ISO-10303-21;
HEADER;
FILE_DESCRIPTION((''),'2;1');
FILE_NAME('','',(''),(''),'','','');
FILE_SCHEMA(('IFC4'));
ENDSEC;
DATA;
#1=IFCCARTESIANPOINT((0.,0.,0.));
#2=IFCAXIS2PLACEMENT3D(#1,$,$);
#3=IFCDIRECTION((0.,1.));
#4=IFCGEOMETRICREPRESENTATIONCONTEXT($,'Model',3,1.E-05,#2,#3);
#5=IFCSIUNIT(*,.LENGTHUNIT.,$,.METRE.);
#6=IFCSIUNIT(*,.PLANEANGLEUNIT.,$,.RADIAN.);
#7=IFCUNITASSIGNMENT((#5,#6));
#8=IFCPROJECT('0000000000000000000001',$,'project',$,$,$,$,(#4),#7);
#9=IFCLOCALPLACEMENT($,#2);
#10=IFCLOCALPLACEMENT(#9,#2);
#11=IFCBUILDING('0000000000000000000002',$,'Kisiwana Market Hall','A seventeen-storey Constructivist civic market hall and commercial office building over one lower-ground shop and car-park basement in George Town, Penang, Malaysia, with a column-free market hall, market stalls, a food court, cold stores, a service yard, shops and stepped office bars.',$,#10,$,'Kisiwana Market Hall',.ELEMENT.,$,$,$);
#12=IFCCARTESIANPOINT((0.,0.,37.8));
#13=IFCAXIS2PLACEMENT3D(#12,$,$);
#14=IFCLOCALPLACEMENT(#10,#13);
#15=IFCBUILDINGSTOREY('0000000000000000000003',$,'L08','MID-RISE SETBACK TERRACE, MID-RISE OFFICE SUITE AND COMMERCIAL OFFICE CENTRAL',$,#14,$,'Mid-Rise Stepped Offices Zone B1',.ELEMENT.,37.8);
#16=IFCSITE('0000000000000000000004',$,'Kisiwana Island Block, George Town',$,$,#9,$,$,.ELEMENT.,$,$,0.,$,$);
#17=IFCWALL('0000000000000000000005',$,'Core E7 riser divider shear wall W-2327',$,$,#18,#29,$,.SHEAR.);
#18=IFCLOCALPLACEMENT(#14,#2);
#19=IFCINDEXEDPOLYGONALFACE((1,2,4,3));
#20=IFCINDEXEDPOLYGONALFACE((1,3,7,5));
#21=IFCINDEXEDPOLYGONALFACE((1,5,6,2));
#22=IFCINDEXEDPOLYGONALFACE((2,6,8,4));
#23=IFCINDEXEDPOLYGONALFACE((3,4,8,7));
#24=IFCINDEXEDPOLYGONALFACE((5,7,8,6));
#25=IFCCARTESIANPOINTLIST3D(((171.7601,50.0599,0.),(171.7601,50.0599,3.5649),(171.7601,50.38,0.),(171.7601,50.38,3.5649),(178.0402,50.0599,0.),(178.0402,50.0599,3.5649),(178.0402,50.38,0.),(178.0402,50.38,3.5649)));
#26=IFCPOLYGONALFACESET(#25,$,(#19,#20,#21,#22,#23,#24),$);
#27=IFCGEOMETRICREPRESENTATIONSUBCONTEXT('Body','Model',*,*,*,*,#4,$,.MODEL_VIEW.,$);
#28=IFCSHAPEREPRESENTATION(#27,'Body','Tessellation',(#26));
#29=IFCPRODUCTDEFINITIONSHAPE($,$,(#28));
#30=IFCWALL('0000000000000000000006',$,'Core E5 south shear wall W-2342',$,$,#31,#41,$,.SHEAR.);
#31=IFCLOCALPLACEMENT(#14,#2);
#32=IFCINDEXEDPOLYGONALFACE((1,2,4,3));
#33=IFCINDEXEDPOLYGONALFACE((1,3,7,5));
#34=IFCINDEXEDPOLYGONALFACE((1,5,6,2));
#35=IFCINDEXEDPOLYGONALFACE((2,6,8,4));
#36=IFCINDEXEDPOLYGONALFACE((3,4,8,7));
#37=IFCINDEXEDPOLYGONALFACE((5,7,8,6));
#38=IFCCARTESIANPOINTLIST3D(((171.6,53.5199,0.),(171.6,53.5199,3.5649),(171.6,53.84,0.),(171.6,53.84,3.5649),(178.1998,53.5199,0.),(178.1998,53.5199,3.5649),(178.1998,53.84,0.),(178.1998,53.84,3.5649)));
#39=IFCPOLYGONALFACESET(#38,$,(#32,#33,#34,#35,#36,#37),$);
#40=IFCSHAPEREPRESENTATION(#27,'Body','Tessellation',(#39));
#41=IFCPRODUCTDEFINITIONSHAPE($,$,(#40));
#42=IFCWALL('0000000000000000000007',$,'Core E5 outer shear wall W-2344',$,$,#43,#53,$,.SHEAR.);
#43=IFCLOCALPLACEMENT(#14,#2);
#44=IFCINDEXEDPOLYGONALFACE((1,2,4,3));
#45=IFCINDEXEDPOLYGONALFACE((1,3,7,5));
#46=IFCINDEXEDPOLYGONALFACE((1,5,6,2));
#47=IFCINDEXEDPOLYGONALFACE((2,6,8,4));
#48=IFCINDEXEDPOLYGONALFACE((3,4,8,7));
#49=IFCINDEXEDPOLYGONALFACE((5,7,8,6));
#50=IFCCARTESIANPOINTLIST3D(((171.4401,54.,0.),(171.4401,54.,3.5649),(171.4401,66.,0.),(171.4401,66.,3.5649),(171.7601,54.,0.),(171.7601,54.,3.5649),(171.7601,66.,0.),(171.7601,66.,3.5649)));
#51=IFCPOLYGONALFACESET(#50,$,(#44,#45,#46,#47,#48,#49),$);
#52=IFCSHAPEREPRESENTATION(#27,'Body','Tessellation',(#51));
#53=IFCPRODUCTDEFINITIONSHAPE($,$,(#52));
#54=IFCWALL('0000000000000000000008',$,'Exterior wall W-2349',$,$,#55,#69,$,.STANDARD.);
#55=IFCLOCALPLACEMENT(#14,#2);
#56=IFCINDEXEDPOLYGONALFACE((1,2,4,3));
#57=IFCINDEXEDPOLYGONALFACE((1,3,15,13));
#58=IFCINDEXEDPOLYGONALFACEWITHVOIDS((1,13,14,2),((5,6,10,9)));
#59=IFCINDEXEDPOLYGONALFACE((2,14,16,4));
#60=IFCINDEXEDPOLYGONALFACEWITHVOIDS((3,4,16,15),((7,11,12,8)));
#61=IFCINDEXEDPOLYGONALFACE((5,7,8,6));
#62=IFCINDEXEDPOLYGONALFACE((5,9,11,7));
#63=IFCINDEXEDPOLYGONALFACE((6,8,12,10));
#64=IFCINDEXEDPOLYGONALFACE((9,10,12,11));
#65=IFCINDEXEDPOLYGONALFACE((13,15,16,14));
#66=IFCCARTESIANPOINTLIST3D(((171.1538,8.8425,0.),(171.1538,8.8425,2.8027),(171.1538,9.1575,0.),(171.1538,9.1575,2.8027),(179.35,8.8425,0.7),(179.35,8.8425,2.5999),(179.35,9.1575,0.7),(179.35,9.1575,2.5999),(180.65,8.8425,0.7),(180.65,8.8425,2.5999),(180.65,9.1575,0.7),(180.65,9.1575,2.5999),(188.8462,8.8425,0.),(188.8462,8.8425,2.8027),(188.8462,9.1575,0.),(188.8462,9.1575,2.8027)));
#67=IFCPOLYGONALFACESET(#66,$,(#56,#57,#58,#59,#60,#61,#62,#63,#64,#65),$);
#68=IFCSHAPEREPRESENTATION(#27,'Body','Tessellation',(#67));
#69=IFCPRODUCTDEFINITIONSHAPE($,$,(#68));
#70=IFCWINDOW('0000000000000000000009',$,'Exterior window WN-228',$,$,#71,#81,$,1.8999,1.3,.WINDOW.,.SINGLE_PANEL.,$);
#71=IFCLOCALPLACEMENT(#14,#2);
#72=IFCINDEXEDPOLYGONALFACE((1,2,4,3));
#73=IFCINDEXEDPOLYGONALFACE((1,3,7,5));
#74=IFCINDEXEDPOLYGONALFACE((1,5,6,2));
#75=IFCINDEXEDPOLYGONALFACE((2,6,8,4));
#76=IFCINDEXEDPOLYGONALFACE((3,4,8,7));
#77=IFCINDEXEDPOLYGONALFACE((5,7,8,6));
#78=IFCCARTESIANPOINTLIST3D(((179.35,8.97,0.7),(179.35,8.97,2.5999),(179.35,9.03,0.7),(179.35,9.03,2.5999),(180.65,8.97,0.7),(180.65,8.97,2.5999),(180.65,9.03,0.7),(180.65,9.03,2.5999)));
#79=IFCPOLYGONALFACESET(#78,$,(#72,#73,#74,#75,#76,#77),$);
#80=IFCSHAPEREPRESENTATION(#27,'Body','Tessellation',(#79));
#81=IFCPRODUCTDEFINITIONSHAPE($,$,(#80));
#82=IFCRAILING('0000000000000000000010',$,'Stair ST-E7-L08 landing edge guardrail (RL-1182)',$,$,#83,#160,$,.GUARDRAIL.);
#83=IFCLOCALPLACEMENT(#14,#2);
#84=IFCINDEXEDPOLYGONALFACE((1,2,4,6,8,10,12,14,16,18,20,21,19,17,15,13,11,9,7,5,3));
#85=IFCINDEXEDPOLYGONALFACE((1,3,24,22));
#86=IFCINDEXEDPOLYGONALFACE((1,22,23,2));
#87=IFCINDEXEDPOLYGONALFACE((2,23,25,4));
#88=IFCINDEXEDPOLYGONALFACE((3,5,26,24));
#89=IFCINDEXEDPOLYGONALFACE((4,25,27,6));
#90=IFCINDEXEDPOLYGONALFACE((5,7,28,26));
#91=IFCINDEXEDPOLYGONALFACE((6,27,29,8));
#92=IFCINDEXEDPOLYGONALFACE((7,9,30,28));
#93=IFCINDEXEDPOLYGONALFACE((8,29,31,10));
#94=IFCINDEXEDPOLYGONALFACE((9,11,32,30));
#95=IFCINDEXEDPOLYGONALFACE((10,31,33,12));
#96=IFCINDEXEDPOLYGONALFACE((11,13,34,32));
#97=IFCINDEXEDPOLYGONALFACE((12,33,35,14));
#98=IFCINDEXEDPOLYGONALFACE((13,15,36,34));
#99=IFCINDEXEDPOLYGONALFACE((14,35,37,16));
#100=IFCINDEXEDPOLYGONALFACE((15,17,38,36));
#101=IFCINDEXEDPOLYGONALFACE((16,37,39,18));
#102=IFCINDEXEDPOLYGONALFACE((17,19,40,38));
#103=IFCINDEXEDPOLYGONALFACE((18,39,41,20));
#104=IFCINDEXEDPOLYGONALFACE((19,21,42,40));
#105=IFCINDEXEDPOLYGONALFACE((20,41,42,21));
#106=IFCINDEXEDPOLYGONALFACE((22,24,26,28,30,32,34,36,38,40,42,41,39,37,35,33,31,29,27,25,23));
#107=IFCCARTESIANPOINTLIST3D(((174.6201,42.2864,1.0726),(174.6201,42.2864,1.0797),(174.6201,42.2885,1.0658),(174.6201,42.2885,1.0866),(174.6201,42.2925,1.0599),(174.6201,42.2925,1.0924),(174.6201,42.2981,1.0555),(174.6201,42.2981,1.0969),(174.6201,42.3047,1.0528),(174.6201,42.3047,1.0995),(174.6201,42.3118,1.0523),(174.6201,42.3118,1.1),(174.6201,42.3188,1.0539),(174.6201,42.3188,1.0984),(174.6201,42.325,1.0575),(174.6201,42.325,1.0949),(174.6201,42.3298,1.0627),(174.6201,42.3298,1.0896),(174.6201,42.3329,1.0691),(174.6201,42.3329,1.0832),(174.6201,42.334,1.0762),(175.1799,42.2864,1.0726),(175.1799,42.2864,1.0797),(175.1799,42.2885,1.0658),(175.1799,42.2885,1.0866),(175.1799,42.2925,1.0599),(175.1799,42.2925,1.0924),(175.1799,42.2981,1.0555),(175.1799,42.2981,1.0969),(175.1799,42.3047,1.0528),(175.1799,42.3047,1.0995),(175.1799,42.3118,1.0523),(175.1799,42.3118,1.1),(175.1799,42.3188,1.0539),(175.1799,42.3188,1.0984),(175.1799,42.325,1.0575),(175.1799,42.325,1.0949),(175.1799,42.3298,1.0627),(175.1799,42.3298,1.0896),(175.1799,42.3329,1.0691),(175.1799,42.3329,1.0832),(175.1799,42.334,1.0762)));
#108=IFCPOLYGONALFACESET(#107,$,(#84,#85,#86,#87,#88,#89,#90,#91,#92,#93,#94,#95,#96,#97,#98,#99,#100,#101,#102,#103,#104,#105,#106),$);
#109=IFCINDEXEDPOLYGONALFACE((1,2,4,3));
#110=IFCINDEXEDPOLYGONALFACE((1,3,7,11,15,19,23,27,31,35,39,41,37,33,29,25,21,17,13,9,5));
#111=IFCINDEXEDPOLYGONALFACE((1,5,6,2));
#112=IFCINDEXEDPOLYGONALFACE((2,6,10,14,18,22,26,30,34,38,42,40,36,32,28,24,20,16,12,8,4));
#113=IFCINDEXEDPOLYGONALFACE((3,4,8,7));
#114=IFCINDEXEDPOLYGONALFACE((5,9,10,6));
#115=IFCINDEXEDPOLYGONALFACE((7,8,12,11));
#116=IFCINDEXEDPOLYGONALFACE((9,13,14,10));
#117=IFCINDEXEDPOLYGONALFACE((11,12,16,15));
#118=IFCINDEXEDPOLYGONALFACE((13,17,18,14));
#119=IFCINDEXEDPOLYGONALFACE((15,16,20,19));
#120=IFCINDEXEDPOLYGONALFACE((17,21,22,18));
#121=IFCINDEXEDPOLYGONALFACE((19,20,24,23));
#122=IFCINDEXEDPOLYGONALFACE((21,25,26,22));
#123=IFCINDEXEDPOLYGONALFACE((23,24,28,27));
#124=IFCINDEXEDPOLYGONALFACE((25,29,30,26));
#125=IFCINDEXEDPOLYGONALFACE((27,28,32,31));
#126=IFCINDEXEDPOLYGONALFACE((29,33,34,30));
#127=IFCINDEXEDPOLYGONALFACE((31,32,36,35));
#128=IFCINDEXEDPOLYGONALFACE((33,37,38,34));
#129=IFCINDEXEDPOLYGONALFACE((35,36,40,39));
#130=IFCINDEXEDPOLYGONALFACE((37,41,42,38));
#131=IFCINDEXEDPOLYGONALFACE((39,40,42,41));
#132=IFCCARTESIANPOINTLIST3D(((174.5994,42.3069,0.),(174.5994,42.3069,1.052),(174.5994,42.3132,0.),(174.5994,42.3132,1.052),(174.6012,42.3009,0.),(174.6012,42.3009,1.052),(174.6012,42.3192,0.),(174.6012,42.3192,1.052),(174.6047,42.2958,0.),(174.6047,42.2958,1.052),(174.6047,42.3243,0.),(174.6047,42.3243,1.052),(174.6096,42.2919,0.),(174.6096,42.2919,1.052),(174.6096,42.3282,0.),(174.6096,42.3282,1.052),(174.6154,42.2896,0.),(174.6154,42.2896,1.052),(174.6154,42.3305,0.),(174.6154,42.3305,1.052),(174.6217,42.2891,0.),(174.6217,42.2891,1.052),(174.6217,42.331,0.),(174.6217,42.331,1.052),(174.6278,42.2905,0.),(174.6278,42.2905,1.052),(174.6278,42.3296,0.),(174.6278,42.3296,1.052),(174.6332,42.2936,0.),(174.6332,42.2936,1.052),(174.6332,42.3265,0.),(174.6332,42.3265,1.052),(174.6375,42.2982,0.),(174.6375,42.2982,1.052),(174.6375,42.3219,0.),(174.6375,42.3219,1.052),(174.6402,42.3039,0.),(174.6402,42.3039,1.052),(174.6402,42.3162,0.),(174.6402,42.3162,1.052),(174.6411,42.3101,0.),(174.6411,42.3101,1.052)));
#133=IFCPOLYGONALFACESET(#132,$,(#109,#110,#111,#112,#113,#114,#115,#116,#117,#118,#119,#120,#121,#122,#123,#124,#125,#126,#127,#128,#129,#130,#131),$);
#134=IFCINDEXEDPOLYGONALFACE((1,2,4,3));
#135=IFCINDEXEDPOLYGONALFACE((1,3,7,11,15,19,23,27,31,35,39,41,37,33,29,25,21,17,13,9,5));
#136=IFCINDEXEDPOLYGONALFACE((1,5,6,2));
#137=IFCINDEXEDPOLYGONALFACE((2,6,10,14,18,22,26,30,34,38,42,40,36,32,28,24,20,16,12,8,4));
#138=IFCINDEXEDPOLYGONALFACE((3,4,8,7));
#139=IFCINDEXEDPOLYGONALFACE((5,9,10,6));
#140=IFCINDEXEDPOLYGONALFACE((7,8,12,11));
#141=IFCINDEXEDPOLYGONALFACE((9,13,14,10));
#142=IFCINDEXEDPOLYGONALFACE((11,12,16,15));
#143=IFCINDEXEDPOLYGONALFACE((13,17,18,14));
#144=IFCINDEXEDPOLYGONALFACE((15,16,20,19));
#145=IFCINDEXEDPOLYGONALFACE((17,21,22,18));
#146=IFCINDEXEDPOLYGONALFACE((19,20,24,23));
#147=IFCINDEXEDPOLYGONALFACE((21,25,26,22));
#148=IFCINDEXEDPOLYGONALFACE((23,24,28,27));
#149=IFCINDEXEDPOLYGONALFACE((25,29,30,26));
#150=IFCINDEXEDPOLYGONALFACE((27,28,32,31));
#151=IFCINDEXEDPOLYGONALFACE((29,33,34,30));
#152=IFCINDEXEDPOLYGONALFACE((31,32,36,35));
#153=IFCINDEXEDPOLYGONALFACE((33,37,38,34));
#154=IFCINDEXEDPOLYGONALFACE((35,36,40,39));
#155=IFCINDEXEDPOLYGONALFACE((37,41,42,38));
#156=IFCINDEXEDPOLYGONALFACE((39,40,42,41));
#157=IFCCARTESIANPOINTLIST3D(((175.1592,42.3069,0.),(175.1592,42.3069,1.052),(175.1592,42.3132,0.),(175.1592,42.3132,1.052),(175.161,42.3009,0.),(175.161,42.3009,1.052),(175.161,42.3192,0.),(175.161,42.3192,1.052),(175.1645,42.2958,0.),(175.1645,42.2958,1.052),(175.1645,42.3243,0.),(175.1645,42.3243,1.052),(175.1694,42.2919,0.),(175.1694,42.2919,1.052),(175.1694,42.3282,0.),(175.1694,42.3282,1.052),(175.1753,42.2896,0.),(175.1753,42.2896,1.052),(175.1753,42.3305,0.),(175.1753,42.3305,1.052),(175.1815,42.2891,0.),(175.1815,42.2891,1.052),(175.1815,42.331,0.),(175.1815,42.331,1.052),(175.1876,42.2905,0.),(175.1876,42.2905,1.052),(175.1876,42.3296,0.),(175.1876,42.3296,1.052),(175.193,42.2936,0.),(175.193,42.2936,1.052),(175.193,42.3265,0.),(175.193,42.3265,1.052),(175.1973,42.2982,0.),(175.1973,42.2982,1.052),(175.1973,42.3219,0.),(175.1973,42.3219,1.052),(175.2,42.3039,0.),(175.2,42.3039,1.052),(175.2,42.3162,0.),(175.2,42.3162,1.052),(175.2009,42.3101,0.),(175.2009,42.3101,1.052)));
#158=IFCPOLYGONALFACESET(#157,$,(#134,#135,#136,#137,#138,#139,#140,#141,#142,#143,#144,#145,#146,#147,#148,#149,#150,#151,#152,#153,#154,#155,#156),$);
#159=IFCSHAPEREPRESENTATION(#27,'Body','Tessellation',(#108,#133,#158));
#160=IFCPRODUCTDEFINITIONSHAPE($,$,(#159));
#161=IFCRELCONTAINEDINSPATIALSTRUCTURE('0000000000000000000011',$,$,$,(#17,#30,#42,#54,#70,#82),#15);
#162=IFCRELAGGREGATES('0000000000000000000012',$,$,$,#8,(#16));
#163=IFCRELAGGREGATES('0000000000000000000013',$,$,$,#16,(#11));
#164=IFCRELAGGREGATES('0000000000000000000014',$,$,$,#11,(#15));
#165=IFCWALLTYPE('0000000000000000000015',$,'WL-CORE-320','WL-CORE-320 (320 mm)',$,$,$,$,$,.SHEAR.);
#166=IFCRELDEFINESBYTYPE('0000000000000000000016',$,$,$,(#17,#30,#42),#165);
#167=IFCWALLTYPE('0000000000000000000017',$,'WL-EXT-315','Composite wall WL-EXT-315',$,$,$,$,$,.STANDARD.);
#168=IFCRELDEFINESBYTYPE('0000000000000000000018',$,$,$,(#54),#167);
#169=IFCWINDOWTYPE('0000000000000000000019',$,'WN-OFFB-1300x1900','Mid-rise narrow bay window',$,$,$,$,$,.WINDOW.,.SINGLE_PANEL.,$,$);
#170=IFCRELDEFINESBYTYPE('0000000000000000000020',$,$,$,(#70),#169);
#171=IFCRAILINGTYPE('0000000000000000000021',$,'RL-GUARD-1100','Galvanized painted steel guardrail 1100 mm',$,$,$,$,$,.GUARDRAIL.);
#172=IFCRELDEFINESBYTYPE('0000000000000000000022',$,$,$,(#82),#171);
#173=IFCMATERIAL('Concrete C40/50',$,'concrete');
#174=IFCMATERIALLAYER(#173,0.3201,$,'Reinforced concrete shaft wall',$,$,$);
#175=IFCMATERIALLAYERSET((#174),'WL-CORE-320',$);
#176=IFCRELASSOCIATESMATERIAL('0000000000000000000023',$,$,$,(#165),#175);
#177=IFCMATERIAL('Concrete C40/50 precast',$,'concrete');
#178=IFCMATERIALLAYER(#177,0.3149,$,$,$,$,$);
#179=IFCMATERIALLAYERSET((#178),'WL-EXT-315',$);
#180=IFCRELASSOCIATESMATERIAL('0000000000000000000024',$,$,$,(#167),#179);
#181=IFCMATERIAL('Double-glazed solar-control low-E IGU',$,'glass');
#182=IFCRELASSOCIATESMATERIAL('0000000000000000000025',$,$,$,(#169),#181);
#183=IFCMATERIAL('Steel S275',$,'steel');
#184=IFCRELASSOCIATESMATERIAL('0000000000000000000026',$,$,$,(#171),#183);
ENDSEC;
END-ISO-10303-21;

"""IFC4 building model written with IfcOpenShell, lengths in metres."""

from ifc_helpers import new_model, si_unit, direction, frame, frame_2d, origin, origin_2d, place, context, subcontext, project, spatial, rectangle, circle, extrude, material, layer, layer_set, type_object, element, fill, save


model = new_model("IFC4")

# Units and contexts
model_context = context("Model", 3, precision=1e-05, world=origin(), true_north=direction((0.0, 1.0)))
body_context = subcontext(model_context, "Body", "Model", "MODEL_VIEW")
ifc_project = project(units=[si_unit("LENGTHUNIT", "METRE"), si_unit("PLANEANGLEUNIT", "RADIAN")], contexts=[model_context])

# Site, building, storey
site_placement = place(None, origin())
site = spatial("IfcSite", under=ifc_project, at=site_placement, Name="Kisiwana Island Block, George Town", CompositionType="ELEMENT", RefElevation=0.0)
building_placement = place(site_placement, origin())
building = spatial("IfcBuilding", under=site, at=building_placement, Name="Kisiwana Market Hall", Description="A seventeen-storey Constructivist civic market hall and commercial office building over one lower-ground shop and car-park basement in George Town, Penang, Malaysia, with a column-free market hall, market stalls, a food court, cold stores, a service yard, shops and stepped office bars.", LongName="Kisiwana Market Hall", CompositionType="ELEMENT")
storey_placement = place(building_placement, frame((0.0, 0.0, 37.8)))
storey = spatial("IfcBuildingStorey", under=building, at=storey_placement, Name="L08", Description="MID-RISE SETBACK TERRACE, MID-RISE OFFICE SUITE AND COMMERCIAL OFFICE CENTRAL", LongName="Mid-Rise Stepped Offices Zone B1", CompositionType="ELEMENT", Elevation=37.8)

# Shared definitions
ifc_material_1 = material(Name="Concrete C40/50", Category="concrete")
ifc_layer_1 = layer(ifc_material_1, 0.3201, Name="Reinforced concrete shaft wall")
ifc_layer_set_1 = layer_set([ifc_layer_1], Name="WL-CORE-320")
wall_type_1 = type_object("IfcWallType", Name="WL-CORE-320", Description="WL-CORE-320 (320 mm)", PredefinedType="SHEAR", material=ifc_layer_set_1)

# Walls
wall_1_placement = place(storey_placement, frame((171.76, 50.22, 0.0), z_axis=(0.0, 0.0, 1.0), x_axis=(1.0, 0.0, 0.0)))
element("IfcWall", 1, at=wall_1_placement, inside=storey, type_object=wall_type_1, Name="Core E7 riser divider shear wall W-2327", PredefinedType="SHEAR", context=body_context, shape_type="SweptSolid", body=[
    extrude(rectangle(XDim=6.28, YDim=0.3201, at=frame_2d((3.1401, 0.0))), origin(), (0.0, 0.0, 1.0), 3.5649),
])
wall_2_placement = place(storey_placement, frame((171.6001, 53.6799, 0.0), z_axis=(0.0, 0.0, 1.0), x_axis=(1.0, 0.0, 0.0)))
element("IfcWall", 2, at=wall_2_placement, inside=storey, type_object=wall_type_1, Name="Core E5 south shear wall W-2342", PredefinedType="SHEAR", context=body_context, shape_type="SweptSolid", body=[
    extrude(rectangle(XDim=6.5999, YDim=0.3201, at=frame_2d((3.2998, 0.0))), origin(), (0.0, 0.0, 1.0), 3.5649),
])
wall_3_placement = place(storey_placement, frame((171.6001, 54.0, 0.0), z_axis=(0.0, 0.0, 1.0), x_axis=(0.0, 1.0, 0.0)))
element("IfcWall", 3, at=wall_3_placement, inside=storey, type_object=wall_type_1, Name="Core E5 outer shear wall W-2344", PredefinedType="SHEAR", context=body_context, shape_type="SweptSolid", body=[
    extrude(rectangle(XDim=12.0, YDim=0.3201, at=frame_2d((6.0, 0.0))), origin(), (0.0, 0.0, 1.0), 3.5649),
])

# Wall, opening, window
ifc_material_2 = material(Name="Concrete C40/50 precast", Category="concrete")
ifc_layer_2 = layer(ifc_material_2, 0.3149)
ifc_layer_set_2 = layer_set([ifc_layer_2], Name="WL-EXT-315")
wall_type_2 = type_object("IfcWallType", Name="WL-EXT-315", Description="Composite wall WL-EXT-315", PredefinedType="STANDARD", material=ifc_layer_set_2)
wall_4_placement = place(storey_placement, frame((171.1538, 9.0, 0.0), z_axis=(0.0, 0.0, 1.0), x_axis=(1.0, 0.0, 0.0)))
wall_4 = element("IfcWall", 4, at=wall_4_placement, inside=storey, type_object=wall_type_2, Name="Exterior wall W-2349", PredefinedType="STANDARD", context=body_context, shape_type="SweptSolid", body=[
    extrude(rectangle(XDim=17.6924, YDim=0.3149, at=frame_2d((8.8462, 0.0))), origin(), (0.0, 0.0, 1.0), 2.8027),
])
opening_1_placement = place(wall_4_placement, frame((8.1963, 0.0, 0.7)))
opening_1 = element("IfcOpeningElement", 5, at=opening_1_placement, cuts=wall_4, PredefinedType="OPENING", context=body_context, shape_type="SweptSolid", body=[
    extrude(rectangle(XDim=1.3, YDim=1.8999, at=frame_2d((0.6499, 0.95))), frame((0.0, 0.1694, 0.0), z_axis=(0.0, -1.0, 0.0), x_axis=(1.0, 0.0, 0.0)), (0.0, 0.0, 1.0), 0.3389),
])
ifc_material_3 = material(Name="Double-glazed solar-control low-E IGU", Category="glass")
window_type = type_object("IfcWindowType", Name="WN-OFFB-1300x1900", Description="Mid-rise narrow bay window", PartitioningType="SINGLE_PANEL", PredefinedType="WINDOW", material=ifc_material_3)
window_placement = place(opening_1_placement, origin())
window = element("IfcWindow", 6, at=window_placement, inside=storey, type_object=window_type, Name="Exterior window WN-228", OverallHeight=1.8999, OverallWidth=1.3, PartitioningType="SINGLE_PANEL", PredefinedType="WINDOW", context=body_context, shape_type="SweptSolid", body=[
    extrude(rectangle(XDim=1.3, YDim=1.8999, at=frame_2d((0.6499, 0.95))), frame((0.0, 0.03, 0.0), z_axis=(0.0, -1.0, 0.0), x_axis=(1.0, 0.0, 0.0)), (0.0, 0.0, 1.0), 0.0601),
])
fill(opening_1, window)

# Railing
ifc_material_4 = material(Name="Steel S275", Category="steel")
railing_type_1 = type_object("IfcRailingType", Name="RL-GUARD-1100", Description="Galvanized painted steel guardrail 1100 mm", PredefinedType="GUARDRAIL", material=ifc_material_4)
for number, where, name in (
    (7, (174.6201, 42.3101, 0.0), "Stair ST-E7-L08 landing edge guardrail (RL-1182)"),
):
    element("IfcRailing", number, at=place(storey_placement, frame(where)), inside=storey, type_object=railing_type_1, Name=name, PredefinedType="GUARDRAIL", context=body_context, shape_type="SweptSolid", body=[
        extrude(circle(Radius=0.0239, at=origin_2d()), frame((0.0, 0.0, 1.0762), z_axis=(1.0, 0.0, 0.0), x_axis=(0.0, 1.0, 0.0)), (0.0, 0.0, 1.0), 0.5598),
        extrude(circle(Radius=0.021, at=origin_2d()), origin(), (0.0, 0.0, 1.0), 1.052),
        extrude(circle(Radius=0.021, at=origin_2d()), frame((0.5598, 0.0, 0.0)), (0.0, 0.0, 1.0), 1.052),
    ])

save(model, "model.ifc")
